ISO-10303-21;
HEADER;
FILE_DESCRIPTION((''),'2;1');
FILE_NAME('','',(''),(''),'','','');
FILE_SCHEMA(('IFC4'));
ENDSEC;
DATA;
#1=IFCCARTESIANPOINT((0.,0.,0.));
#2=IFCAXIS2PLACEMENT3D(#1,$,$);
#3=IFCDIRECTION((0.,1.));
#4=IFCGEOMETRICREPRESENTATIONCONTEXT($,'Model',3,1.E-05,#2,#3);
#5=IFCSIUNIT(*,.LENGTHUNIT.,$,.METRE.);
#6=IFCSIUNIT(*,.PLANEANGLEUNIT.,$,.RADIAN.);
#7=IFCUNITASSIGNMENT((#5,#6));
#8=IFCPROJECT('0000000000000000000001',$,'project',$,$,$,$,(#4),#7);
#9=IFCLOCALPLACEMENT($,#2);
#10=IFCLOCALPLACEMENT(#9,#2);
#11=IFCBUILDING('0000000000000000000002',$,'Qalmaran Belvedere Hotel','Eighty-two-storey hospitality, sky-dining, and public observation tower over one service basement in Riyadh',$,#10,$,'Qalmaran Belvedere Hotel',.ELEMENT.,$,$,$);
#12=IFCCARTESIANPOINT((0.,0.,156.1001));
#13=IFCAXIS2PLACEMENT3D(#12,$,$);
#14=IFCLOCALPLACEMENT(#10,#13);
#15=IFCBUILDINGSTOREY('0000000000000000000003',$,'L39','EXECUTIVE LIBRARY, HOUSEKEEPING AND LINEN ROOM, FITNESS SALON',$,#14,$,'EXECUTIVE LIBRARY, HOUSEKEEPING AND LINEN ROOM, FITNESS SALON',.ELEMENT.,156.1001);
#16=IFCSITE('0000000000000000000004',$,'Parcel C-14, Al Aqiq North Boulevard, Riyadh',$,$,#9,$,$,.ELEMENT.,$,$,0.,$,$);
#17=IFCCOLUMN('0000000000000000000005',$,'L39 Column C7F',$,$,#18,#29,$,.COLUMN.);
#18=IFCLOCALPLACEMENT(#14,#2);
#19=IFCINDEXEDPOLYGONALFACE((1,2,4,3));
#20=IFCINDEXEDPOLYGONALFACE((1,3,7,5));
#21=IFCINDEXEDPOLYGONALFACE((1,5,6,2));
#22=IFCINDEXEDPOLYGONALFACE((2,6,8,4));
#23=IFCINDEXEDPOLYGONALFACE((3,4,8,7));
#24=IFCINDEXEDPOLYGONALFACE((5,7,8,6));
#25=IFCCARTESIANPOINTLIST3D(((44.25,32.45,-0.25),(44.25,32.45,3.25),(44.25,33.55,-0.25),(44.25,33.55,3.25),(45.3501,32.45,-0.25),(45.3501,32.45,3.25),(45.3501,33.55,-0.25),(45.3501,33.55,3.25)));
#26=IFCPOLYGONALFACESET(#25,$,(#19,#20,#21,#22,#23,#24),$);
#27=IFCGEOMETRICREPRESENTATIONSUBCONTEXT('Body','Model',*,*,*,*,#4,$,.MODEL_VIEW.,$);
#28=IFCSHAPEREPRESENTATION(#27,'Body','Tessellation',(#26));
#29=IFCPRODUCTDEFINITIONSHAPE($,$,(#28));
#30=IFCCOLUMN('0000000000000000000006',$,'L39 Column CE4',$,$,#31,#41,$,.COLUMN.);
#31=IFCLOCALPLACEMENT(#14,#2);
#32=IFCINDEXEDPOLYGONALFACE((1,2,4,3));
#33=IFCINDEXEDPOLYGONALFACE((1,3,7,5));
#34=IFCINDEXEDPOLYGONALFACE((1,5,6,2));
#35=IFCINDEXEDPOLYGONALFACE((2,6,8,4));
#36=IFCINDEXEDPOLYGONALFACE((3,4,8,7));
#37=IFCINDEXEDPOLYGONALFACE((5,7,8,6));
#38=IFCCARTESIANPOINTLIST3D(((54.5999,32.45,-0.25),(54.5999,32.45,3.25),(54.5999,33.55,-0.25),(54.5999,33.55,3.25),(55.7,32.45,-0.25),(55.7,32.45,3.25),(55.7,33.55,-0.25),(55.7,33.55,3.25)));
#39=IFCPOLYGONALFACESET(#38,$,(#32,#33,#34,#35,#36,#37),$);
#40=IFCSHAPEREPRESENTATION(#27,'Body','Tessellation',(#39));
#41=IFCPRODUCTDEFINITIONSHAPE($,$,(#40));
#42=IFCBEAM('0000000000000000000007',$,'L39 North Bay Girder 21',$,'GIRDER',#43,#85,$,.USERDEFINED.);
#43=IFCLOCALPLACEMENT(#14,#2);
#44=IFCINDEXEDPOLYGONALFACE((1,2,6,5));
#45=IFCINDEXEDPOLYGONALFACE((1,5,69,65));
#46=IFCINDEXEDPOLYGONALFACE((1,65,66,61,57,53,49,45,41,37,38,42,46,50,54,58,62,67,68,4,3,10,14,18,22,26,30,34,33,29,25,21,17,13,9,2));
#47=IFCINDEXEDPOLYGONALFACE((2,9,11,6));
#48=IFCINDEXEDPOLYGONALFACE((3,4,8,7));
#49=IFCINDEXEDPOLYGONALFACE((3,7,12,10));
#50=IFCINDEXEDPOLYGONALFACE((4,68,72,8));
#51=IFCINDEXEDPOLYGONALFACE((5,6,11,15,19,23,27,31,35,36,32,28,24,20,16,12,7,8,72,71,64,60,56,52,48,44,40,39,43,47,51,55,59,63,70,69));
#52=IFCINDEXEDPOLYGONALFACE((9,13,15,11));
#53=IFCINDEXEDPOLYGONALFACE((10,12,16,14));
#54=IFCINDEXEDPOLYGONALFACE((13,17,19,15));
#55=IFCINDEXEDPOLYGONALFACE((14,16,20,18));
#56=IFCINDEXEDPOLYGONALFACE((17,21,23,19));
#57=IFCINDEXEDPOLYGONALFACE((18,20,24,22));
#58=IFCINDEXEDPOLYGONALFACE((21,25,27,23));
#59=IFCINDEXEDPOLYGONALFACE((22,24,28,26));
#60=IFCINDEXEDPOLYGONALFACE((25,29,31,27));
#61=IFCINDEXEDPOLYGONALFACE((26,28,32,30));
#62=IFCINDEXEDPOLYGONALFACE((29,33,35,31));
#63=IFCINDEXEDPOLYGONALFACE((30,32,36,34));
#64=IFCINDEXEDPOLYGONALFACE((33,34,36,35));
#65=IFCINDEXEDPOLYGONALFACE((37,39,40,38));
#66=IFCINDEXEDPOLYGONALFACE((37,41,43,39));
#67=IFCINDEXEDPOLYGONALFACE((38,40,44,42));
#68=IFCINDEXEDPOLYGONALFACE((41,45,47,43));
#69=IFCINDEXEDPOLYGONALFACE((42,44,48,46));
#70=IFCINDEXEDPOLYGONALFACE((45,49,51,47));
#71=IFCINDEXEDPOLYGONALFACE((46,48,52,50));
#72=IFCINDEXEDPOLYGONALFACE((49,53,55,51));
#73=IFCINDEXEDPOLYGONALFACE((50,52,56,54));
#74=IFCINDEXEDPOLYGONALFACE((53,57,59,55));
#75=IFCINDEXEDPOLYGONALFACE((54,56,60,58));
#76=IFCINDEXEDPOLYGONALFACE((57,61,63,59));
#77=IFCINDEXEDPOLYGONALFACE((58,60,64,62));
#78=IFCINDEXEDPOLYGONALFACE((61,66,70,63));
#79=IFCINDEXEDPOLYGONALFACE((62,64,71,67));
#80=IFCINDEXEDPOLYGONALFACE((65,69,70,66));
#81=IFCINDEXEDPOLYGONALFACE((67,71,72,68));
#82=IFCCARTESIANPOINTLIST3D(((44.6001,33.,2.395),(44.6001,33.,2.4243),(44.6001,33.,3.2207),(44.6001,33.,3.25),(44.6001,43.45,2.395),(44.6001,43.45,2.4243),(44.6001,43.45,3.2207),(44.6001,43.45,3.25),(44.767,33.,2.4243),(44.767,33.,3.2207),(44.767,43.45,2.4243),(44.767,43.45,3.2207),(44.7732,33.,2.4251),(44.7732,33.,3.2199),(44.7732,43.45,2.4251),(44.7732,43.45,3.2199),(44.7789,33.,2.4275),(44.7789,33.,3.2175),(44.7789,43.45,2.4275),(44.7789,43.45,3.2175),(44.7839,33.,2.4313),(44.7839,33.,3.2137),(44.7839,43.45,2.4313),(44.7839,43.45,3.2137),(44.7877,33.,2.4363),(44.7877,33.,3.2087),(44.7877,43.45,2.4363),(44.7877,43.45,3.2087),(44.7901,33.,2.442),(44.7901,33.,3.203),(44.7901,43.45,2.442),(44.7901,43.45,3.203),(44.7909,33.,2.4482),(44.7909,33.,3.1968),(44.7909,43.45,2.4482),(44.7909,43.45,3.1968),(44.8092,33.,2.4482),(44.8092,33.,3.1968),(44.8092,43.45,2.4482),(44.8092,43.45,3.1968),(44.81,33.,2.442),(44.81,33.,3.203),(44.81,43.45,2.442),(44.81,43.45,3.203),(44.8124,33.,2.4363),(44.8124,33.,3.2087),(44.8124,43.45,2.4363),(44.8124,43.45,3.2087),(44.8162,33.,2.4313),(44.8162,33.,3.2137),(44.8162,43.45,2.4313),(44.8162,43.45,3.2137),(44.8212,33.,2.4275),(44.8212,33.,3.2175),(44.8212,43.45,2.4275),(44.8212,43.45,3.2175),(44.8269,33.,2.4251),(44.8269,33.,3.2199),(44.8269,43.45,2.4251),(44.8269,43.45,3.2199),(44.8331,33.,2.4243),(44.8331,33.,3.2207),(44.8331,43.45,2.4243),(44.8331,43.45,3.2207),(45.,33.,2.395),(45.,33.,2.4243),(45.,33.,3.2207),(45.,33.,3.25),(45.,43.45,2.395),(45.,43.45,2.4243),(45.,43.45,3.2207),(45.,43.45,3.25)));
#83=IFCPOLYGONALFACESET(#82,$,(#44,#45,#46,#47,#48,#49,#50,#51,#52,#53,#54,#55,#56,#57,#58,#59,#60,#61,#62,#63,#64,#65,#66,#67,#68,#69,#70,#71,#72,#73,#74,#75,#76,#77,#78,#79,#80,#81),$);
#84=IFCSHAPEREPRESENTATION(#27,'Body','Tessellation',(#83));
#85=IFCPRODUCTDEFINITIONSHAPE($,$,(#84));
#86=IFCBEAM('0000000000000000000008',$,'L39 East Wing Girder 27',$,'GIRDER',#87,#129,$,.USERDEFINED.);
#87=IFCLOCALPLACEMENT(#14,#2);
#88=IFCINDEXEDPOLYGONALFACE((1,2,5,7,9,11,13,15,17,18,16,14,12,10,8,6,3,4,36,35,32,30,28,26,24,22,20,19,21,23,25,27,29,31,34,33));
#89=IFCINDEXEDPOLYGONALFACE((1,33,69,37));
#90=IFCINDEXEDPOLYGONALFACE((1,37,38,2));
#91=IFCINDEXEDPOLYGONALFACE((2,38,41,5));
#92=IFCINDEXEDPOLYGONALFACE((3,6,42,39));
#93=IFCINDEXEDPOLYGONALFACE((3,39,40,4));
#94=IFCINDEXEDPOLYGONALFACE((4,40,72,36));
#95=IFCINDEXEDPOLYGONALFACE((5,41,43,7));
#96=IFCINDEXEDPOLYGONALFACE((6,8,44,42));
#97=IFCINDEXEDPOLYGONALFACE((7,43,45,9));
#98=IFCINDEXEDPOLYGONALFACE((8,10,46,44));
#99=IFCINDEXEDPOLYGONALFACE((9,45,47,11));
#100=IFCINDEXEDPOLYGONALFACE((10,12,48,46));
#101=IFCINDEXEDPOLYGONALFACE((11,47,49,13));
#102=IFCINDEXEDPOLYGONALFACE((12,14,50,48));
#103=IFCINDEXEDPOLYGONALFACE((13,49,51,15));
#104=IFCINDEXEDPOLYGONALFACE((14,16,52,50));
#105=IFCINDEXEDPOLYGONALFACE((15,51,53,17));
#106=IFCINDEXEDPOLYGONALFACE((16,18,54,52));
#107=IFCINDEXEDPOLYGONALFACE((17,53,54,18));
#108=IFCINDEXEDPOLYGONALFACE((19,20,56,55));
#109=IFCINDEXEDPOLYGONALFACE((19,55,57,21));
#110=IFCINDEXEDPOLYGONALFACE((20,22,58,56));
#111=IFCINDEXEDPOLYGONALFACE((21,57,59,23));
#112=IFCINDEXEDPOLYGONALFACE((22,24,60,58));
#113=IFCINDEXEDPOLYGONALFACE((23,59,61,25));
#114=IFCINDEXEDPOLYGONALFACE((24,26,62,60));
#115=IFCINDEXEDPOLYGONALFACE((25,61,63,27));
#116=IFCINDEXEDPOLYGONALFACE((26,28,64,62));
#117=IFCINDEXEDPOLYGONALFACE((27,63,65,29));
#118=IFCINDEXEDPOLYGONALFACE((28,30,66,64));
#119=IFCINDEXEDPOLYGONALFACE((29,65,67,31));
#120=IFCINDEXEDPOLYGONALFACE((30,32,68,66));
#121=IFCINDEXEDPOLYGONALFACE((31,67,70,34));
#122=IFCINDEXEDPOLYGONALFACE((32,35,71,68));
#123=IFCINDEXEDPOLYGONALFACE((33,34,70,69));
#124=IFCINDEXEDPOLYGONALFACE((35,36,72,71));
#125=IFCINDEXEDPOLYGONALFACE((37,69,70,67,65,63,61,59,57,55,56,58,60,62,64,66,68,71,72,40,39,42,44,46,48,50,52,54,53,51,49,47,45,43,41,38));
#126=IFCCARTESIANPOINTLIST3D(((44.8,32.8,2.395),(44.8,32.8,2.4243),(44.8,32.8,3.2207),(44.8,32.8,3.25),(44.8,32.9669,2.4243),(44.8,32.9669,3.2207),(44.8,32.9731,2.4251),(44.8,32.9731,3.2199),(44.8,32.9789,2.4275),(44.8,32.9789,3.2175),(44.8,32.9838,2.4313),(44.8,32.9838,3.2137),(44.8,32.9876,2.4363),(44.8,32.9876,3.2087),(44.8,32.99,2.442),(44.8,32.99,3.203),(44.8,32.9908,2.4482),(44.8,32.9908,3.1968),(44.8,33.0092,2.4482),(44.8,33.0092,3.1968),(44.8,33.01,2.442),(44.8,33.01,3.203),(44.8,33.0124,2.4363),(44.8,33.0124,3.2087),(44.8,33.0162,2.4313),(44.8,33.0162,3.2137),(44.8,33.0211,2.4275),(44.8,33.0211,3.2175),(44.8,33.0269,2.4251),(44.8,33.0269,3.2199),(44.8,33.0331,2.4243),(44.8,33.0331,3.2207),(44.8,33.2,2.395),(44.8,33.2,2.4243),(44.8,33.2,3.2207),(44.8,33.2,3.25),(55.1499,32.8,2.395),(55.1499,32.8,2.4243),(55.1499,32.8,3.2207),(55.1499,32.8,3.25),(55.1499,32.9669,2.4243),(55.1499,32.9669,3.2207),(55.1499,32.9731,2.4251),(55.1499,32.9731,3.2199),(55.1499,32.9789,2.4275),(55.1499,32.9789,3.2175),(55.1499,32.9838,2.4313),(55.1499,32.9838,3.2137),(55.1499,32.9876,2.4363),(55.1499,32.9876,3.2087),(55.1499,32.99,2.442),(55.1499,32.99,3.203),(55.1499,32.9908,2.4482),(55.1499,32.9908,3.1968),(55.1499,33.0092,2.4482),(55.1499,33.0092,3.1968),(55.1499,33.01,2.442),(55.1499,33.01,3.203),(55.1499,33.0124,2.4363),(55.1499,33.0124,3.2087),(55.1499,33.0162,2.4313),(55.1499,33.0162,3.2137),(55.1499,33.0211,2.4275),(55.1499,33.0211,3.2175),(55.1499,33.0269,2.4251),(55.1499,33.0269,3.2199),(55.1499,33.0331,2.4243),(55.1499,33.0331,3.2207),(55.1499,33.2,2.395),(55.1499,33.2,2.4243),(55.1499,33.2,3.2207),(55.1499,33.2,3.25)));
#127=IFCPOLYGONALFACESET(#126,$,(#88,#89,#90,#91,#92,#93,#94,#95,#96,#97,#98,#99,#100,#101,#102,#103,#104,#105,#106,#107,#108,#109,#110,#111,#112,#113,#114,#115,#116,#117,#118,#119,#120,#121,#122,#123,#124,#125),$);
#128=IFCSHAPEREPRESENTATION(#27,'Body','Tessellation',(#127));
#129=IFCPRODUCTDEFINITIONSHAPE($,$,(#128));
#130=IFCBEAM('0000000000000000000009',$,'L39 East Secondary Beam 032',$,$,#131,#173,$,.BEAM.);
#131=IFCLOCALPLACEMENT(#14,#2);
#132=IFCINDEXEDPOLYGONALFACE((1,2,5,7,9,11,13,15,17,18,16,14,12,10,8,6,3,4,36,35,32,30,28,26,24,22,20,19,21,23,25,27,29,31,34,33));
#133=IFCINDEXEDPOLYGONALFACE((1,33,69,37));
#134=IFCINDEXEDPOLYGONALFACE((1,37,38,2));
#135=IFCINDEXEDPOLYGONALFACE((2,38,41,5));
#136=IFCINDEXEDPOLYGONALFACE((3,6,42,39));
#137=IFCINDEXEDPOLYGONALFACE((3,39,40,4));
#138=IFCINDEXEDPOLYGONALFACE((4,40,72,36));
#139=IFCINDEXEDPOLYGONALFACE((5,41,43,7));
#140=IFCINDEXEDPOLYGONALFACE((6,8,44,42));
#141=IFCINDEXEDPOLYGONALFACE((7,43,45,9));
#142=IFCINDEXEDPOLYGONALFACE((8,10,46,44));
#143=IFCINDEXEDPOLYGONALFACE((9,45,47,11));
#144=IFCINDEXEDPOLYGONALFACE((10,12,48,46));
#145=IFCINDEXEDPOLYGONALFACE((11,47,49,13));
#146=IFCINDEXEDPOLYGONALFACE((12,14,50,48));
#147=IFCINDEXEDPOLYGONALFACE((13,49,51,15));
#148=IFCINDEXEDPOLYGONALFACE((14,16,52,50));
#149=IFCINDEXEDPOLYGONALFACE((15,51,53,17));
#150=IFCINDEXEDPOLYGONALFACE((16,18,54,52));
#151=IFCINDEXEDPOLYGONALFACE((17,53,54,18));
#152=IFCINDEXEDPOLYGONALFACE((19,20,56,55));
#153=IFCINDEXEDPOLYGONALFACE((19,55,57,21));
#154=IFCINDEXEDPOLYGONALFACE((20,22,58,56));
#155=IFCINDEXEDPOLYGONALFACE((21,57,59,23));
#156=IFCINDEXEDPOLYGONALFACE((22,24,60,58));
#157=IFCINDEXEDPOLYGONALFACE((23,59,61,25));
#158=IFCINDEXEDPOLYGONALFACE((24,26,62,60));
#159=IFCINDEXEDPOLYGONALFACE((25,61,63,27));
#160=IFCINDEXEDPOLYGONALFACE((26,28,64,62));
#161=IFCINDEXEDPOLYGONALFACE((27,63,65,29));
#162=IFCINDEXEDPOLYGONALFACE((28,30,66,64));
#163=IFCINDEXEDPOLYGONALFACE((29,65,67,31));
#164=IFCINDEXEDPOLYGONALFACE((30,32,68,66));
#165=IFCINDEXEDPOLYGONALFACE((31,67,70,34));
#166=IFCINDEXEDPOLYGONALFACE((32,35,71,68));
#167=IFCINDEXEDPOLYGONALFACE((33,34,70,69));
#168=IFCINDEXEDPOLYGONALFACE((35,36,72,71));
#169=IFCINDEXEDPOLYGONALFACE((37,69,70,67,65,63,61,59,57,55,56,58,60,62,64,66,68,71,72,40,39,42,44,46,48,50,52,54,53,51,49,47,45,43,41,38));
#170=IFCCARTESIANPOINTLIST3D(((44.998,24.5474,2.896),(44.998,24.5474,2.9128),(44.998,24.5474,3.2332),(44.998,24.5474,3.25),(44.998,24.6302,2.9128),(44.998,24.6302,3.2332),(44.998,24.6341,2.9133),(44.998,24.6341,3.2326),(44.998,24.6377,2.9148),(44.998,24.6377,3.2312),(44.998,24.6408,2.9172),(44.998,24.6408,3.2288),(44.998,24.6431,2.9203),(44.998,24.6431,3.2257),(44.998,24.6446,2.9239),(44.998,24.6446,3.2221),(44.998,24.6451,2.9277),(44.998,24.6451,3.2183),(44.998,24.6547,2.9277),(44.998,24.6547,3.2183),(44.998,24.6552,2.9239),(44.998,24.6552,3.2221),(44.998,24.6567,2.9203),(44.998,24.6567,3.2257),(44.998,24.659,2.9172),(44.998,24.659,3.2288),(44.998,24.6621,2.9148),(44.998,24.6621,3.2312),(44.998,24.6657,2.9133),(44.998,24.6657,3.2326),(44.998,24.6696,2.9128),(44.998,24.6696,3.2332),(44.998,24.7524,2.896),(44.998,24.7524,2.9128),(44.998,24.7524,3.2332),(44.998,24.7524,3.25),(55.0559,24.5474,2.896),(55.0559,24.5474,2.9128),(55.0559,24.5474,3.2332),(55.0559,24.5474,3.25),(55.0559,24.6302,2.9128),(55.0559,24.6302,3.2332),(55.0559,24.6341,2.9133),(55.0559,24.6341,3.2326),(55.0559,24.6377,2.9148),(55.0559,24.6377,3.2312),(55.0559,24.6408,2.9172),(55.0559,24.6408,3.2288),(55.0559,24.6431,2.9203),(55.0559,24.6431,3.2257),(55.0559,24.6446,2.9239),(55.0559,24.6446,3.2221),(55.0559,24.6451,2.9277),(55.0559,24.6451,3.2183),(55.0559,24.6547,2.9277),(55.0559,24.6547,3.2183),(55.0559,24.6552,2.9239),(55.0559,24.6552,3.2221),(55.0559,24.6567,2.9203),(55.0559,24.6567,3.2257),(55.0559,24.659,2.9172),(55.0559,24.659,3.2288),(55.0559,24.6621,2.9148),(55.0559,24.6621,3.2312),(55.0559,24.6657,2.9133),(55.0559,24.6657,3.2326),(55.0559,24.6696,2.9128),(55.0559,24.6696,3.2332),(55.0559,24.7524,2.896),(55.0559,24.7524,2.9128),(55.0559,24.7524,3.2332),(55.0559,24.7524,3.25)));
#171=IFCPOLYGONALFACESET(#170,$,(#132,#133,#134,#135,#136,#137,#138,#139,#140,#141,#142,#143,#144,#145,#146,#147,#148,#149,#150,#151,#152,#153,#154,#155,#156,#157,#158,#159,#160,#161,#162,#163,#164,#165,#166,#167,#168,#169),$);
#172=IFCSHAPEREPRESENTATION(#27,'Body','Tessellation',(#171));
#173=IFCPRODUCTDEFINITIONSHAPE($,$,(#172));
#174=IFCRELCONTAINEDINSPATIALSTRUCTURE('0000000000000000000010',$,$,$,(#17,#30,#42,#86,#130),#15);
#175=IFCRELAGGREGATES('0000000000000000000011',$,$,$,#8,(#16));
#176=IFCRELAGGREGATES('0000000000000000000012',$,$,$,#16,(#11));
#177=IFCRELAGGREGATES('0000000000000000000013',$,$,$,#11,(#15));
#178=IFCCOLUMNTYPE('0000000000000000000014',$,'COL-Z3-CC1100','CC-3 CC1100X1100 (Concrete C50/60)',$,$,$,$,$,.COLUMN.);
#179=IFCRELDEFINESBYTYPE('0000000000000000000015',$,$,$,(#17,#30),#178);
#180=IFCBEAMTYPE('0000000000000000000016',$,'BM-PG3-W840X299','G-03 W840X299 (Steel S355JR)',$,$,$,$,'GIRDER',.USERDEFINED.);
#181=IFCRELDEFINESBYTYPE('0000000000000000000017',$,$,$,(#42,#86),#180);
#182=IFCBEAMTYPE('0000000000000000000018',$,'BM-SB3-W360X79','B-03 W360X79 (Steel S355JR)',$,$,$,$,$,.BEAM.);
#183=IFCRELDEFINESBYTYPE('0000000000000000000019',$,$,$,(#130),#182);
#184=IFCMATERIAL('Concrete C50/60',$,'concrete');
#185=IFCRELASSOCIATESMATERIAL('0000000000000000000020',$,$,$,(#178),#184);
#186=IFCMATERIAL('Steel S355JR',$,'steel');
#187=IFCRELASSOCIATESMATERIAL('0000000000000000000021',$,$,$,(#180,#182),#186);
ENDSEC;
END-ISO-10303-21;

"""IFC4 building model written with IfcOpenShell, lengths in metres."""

from ifc_helpers import new_model, si_unit, direction, frame, origin, origin_2d, place, context, subcontext, project, spatial, rectangle, i_section, extrude, material, material_profile, profile_set, type_object, element, save


model = new_model("IFC4")

# Units and contexts
model_context = context("Model", 3, precision=1e-05, world=origin(), true_north=direction((0.0, 1.0)))
body_context = subcontext(model_context, "Body", "Model", "MODEL_VIEW")
ifc_project = project(units=[si_unit("LENGTHUNIT", "METRE"), si_unit("PLANEANGLEUNIT", "RADIAN")], contexts=[model_context])

# Site, building, storey
site_placement = place(None, origin())
site = spatial("IfcSite", under=ifc_project, at=site_placement, Name="Parcel C-14, Al Aqiq North Boulevard, Riyadh", CompositionType="ELEMENT", RefElevation=0.0)
building_placement = place(site_placement, origin())
building = spatial("IfcBuilding", under=site, at=building_placement, Name="Qalmaran Belvedere Hotel", Description="Eighty-two-storey hospitality, sky-dining, and public observation tower over one service basement in Riyadh", LongName="Qalmaran Belvedere Hotel", CompositionType="ELEMENT")
storey_placement = place(building_placement, frame((0.0, 0.0, 156.1001)))
storey = spatial("IfcBuildingStorey", under=building, at=storey_placement, Name="L39", Description="EXECUTIVE LIBRARY, HOUSEKEEPING AND LINEN ROOM, FITNESS SALON", LongName="EXECUTIVE LIBRARY, HOUSEKEEPING AND LINEN ROOM, FITNESS SALON", CompositionType="ELEMENT", Elevation=156.1001)

# Columns
ifc_material_1 = material(Name="Concrete C50/60", Category="concrete")
ifc_material_profile_1 = material_profile(ifc_material_1, rectangle(XDim=1.1001, YDim=1.1001, at=origin_2d()), Name="CC1100X1100")
ifc_profile_set_1 = profile_set([ifc_material_profile_1], Name="Concrete C50/60")
column_type = type_object("IfcColumnType", Name="COL-Z3-CC1100", Description="CC-3 CC1100X1100 (Concrete C50/60)", PredefinedType="COLUMN", material=ifc_profile_set_1)
for number, where, z_axis, x_axis, name in (
    (1, (44.8, 33.0, -0.25), (0.0, 0.0, 1.0), (1.0, 0.0, 0.0), "L39 Column C7F"),
    (2, (55.1499, 33.0, -0.25), (0.0, 0.0, 1.0), (1.0, 0.0, 0.0), "L39 Column CE4"),
):
    element("IfcColumn", number, at=place(storey_placement, frame(where, z_axis=z_axis, x_axis=x_axis)), inside=storey, type_object=column_type, Name=name, PredefinedType="COLUMN", context=body_context, shape_type="SweptSolid", body=[
        extrude(rectangle(XDim=1.1001, YDim=1.1001, at=origin_2d()), origin(), (0.0, 0.0, 1.0), 3.5),
    ])

# Beams
ifc_material_2 = material(Name="Steel S355JR", Category="steel")
ifc_material_profile_2 = material_profile(ifc_material_2, i_section(OverallWidth=0.3999, OverallDepth=0.855, WebThickness=0.0183, FlangeThickness=0.0293, FilletRadius=0.0239, at=origin_2d()), Name="W840X299")
ifc_profile_set_2 = profile_set([ifc_material_profile_2], Name="Steel S355JR")
beam_type_1 = type_object("IfcBeamType", Name="BM-PG3-W840X299", Description="G-03 W840X299 (Steel S355JR)", ElementType="GIRDER", PredefinedType="USERDEFINED", material=ifc_profile_set_2)
beam_1_placement = place(storey_placement, frame((44.8, 33.0, 2.8225), z_axis=(0.0, 1.0, 0.0), x_axis=(-1.0, 0.0, 0.0)))
element("IfcBeam", 3, at=beam_1_placement, inside=storey, type_object=beam_type_1, Name="L39 North Bay Girder 21", ObjectType="GIRDER", PredefinedType="USERDEFINED", context=body_context, shape_type="SweptSolid", body=[
    extrude(i_section(OverallWidth=0.3999, OverallDepth=0.855, WebThickness=0.0183, FlangeThickness=0.0293, FilletRadius=0.0239, at=origin_2d()), origin(), (0.0, 0.0, 1.0), 10.45),
])
beam_2_placement = place(storey_placement, frame((44.8, 33.0, 2.8225), z_axis=(1.0, 0.0, 0.0), x_axis=(0.0, 1.0, 0.0)))
element("IfcBeam", 4, at=beam_2_placement, inside=storey, type_object=beam_type_1, Name="L39 East Wing Girder 27", ObjectType="GIRDER", PredefinedType="USERDEFINED", context=body_context, shape_type="SweptSolid", body=[
    extrude(i_section(OverallWidth=0.3999, OverallDepth=0.855, WebThickness=0.0183, FlangeThickness=0.0293, FilletRadius=0.0239, at=origin_2d()), origin(), (0.0, 0.0, 1.0), 10.3499),
])
ifc_material_profile_3 = material_profile(ifc_material_2, i_section(OverallWidth=0.2051, OverallDepth=0.354, WebThickness=0.0095, FlangeThickness=0.0168, FilletRadius=0.0149, at=origin_2d()), Name="W360X79")
ifc_profile_set_3 = profile_set([ifc_material_profile_3], Name="Steel S355JR")
beam_type_2 = type_object("IfcBeamType", Name="BM-SB3-W360X79", Description="B-03 W360X79 (Steel S355JR)", PredefinedType="BEAM", material=ifc_profile_set_3)
for number, where, z_axis, x_axis, name in (
    (5, (44.998, 24.6499, 3.073), (1.0, 0.0, 0.0), (0.0, 1.0, 0.0), "L39 East Secondary Beam 032"),
):
    element("IfcBeam", number, at=place(storey_placement, frame(where, z_axis=z_axis, x_axis=x_axis)), inside=storey, type_object=beam_type_2, Name=name, PredefinedType="BEAM", context=body_context, shape_type="SweptSolid", body=[
        extrude(i_section(OverallWidth=0.2051, OverallDepth=0.354, WebThickness=0.0095, FlangeThickness=0.0168, FilletRadius=0.0149, at=origin_2d()), origin(), (0.0, 0.0, 1.0), 10.0579),
    ])

save(model, "model.ifc")
